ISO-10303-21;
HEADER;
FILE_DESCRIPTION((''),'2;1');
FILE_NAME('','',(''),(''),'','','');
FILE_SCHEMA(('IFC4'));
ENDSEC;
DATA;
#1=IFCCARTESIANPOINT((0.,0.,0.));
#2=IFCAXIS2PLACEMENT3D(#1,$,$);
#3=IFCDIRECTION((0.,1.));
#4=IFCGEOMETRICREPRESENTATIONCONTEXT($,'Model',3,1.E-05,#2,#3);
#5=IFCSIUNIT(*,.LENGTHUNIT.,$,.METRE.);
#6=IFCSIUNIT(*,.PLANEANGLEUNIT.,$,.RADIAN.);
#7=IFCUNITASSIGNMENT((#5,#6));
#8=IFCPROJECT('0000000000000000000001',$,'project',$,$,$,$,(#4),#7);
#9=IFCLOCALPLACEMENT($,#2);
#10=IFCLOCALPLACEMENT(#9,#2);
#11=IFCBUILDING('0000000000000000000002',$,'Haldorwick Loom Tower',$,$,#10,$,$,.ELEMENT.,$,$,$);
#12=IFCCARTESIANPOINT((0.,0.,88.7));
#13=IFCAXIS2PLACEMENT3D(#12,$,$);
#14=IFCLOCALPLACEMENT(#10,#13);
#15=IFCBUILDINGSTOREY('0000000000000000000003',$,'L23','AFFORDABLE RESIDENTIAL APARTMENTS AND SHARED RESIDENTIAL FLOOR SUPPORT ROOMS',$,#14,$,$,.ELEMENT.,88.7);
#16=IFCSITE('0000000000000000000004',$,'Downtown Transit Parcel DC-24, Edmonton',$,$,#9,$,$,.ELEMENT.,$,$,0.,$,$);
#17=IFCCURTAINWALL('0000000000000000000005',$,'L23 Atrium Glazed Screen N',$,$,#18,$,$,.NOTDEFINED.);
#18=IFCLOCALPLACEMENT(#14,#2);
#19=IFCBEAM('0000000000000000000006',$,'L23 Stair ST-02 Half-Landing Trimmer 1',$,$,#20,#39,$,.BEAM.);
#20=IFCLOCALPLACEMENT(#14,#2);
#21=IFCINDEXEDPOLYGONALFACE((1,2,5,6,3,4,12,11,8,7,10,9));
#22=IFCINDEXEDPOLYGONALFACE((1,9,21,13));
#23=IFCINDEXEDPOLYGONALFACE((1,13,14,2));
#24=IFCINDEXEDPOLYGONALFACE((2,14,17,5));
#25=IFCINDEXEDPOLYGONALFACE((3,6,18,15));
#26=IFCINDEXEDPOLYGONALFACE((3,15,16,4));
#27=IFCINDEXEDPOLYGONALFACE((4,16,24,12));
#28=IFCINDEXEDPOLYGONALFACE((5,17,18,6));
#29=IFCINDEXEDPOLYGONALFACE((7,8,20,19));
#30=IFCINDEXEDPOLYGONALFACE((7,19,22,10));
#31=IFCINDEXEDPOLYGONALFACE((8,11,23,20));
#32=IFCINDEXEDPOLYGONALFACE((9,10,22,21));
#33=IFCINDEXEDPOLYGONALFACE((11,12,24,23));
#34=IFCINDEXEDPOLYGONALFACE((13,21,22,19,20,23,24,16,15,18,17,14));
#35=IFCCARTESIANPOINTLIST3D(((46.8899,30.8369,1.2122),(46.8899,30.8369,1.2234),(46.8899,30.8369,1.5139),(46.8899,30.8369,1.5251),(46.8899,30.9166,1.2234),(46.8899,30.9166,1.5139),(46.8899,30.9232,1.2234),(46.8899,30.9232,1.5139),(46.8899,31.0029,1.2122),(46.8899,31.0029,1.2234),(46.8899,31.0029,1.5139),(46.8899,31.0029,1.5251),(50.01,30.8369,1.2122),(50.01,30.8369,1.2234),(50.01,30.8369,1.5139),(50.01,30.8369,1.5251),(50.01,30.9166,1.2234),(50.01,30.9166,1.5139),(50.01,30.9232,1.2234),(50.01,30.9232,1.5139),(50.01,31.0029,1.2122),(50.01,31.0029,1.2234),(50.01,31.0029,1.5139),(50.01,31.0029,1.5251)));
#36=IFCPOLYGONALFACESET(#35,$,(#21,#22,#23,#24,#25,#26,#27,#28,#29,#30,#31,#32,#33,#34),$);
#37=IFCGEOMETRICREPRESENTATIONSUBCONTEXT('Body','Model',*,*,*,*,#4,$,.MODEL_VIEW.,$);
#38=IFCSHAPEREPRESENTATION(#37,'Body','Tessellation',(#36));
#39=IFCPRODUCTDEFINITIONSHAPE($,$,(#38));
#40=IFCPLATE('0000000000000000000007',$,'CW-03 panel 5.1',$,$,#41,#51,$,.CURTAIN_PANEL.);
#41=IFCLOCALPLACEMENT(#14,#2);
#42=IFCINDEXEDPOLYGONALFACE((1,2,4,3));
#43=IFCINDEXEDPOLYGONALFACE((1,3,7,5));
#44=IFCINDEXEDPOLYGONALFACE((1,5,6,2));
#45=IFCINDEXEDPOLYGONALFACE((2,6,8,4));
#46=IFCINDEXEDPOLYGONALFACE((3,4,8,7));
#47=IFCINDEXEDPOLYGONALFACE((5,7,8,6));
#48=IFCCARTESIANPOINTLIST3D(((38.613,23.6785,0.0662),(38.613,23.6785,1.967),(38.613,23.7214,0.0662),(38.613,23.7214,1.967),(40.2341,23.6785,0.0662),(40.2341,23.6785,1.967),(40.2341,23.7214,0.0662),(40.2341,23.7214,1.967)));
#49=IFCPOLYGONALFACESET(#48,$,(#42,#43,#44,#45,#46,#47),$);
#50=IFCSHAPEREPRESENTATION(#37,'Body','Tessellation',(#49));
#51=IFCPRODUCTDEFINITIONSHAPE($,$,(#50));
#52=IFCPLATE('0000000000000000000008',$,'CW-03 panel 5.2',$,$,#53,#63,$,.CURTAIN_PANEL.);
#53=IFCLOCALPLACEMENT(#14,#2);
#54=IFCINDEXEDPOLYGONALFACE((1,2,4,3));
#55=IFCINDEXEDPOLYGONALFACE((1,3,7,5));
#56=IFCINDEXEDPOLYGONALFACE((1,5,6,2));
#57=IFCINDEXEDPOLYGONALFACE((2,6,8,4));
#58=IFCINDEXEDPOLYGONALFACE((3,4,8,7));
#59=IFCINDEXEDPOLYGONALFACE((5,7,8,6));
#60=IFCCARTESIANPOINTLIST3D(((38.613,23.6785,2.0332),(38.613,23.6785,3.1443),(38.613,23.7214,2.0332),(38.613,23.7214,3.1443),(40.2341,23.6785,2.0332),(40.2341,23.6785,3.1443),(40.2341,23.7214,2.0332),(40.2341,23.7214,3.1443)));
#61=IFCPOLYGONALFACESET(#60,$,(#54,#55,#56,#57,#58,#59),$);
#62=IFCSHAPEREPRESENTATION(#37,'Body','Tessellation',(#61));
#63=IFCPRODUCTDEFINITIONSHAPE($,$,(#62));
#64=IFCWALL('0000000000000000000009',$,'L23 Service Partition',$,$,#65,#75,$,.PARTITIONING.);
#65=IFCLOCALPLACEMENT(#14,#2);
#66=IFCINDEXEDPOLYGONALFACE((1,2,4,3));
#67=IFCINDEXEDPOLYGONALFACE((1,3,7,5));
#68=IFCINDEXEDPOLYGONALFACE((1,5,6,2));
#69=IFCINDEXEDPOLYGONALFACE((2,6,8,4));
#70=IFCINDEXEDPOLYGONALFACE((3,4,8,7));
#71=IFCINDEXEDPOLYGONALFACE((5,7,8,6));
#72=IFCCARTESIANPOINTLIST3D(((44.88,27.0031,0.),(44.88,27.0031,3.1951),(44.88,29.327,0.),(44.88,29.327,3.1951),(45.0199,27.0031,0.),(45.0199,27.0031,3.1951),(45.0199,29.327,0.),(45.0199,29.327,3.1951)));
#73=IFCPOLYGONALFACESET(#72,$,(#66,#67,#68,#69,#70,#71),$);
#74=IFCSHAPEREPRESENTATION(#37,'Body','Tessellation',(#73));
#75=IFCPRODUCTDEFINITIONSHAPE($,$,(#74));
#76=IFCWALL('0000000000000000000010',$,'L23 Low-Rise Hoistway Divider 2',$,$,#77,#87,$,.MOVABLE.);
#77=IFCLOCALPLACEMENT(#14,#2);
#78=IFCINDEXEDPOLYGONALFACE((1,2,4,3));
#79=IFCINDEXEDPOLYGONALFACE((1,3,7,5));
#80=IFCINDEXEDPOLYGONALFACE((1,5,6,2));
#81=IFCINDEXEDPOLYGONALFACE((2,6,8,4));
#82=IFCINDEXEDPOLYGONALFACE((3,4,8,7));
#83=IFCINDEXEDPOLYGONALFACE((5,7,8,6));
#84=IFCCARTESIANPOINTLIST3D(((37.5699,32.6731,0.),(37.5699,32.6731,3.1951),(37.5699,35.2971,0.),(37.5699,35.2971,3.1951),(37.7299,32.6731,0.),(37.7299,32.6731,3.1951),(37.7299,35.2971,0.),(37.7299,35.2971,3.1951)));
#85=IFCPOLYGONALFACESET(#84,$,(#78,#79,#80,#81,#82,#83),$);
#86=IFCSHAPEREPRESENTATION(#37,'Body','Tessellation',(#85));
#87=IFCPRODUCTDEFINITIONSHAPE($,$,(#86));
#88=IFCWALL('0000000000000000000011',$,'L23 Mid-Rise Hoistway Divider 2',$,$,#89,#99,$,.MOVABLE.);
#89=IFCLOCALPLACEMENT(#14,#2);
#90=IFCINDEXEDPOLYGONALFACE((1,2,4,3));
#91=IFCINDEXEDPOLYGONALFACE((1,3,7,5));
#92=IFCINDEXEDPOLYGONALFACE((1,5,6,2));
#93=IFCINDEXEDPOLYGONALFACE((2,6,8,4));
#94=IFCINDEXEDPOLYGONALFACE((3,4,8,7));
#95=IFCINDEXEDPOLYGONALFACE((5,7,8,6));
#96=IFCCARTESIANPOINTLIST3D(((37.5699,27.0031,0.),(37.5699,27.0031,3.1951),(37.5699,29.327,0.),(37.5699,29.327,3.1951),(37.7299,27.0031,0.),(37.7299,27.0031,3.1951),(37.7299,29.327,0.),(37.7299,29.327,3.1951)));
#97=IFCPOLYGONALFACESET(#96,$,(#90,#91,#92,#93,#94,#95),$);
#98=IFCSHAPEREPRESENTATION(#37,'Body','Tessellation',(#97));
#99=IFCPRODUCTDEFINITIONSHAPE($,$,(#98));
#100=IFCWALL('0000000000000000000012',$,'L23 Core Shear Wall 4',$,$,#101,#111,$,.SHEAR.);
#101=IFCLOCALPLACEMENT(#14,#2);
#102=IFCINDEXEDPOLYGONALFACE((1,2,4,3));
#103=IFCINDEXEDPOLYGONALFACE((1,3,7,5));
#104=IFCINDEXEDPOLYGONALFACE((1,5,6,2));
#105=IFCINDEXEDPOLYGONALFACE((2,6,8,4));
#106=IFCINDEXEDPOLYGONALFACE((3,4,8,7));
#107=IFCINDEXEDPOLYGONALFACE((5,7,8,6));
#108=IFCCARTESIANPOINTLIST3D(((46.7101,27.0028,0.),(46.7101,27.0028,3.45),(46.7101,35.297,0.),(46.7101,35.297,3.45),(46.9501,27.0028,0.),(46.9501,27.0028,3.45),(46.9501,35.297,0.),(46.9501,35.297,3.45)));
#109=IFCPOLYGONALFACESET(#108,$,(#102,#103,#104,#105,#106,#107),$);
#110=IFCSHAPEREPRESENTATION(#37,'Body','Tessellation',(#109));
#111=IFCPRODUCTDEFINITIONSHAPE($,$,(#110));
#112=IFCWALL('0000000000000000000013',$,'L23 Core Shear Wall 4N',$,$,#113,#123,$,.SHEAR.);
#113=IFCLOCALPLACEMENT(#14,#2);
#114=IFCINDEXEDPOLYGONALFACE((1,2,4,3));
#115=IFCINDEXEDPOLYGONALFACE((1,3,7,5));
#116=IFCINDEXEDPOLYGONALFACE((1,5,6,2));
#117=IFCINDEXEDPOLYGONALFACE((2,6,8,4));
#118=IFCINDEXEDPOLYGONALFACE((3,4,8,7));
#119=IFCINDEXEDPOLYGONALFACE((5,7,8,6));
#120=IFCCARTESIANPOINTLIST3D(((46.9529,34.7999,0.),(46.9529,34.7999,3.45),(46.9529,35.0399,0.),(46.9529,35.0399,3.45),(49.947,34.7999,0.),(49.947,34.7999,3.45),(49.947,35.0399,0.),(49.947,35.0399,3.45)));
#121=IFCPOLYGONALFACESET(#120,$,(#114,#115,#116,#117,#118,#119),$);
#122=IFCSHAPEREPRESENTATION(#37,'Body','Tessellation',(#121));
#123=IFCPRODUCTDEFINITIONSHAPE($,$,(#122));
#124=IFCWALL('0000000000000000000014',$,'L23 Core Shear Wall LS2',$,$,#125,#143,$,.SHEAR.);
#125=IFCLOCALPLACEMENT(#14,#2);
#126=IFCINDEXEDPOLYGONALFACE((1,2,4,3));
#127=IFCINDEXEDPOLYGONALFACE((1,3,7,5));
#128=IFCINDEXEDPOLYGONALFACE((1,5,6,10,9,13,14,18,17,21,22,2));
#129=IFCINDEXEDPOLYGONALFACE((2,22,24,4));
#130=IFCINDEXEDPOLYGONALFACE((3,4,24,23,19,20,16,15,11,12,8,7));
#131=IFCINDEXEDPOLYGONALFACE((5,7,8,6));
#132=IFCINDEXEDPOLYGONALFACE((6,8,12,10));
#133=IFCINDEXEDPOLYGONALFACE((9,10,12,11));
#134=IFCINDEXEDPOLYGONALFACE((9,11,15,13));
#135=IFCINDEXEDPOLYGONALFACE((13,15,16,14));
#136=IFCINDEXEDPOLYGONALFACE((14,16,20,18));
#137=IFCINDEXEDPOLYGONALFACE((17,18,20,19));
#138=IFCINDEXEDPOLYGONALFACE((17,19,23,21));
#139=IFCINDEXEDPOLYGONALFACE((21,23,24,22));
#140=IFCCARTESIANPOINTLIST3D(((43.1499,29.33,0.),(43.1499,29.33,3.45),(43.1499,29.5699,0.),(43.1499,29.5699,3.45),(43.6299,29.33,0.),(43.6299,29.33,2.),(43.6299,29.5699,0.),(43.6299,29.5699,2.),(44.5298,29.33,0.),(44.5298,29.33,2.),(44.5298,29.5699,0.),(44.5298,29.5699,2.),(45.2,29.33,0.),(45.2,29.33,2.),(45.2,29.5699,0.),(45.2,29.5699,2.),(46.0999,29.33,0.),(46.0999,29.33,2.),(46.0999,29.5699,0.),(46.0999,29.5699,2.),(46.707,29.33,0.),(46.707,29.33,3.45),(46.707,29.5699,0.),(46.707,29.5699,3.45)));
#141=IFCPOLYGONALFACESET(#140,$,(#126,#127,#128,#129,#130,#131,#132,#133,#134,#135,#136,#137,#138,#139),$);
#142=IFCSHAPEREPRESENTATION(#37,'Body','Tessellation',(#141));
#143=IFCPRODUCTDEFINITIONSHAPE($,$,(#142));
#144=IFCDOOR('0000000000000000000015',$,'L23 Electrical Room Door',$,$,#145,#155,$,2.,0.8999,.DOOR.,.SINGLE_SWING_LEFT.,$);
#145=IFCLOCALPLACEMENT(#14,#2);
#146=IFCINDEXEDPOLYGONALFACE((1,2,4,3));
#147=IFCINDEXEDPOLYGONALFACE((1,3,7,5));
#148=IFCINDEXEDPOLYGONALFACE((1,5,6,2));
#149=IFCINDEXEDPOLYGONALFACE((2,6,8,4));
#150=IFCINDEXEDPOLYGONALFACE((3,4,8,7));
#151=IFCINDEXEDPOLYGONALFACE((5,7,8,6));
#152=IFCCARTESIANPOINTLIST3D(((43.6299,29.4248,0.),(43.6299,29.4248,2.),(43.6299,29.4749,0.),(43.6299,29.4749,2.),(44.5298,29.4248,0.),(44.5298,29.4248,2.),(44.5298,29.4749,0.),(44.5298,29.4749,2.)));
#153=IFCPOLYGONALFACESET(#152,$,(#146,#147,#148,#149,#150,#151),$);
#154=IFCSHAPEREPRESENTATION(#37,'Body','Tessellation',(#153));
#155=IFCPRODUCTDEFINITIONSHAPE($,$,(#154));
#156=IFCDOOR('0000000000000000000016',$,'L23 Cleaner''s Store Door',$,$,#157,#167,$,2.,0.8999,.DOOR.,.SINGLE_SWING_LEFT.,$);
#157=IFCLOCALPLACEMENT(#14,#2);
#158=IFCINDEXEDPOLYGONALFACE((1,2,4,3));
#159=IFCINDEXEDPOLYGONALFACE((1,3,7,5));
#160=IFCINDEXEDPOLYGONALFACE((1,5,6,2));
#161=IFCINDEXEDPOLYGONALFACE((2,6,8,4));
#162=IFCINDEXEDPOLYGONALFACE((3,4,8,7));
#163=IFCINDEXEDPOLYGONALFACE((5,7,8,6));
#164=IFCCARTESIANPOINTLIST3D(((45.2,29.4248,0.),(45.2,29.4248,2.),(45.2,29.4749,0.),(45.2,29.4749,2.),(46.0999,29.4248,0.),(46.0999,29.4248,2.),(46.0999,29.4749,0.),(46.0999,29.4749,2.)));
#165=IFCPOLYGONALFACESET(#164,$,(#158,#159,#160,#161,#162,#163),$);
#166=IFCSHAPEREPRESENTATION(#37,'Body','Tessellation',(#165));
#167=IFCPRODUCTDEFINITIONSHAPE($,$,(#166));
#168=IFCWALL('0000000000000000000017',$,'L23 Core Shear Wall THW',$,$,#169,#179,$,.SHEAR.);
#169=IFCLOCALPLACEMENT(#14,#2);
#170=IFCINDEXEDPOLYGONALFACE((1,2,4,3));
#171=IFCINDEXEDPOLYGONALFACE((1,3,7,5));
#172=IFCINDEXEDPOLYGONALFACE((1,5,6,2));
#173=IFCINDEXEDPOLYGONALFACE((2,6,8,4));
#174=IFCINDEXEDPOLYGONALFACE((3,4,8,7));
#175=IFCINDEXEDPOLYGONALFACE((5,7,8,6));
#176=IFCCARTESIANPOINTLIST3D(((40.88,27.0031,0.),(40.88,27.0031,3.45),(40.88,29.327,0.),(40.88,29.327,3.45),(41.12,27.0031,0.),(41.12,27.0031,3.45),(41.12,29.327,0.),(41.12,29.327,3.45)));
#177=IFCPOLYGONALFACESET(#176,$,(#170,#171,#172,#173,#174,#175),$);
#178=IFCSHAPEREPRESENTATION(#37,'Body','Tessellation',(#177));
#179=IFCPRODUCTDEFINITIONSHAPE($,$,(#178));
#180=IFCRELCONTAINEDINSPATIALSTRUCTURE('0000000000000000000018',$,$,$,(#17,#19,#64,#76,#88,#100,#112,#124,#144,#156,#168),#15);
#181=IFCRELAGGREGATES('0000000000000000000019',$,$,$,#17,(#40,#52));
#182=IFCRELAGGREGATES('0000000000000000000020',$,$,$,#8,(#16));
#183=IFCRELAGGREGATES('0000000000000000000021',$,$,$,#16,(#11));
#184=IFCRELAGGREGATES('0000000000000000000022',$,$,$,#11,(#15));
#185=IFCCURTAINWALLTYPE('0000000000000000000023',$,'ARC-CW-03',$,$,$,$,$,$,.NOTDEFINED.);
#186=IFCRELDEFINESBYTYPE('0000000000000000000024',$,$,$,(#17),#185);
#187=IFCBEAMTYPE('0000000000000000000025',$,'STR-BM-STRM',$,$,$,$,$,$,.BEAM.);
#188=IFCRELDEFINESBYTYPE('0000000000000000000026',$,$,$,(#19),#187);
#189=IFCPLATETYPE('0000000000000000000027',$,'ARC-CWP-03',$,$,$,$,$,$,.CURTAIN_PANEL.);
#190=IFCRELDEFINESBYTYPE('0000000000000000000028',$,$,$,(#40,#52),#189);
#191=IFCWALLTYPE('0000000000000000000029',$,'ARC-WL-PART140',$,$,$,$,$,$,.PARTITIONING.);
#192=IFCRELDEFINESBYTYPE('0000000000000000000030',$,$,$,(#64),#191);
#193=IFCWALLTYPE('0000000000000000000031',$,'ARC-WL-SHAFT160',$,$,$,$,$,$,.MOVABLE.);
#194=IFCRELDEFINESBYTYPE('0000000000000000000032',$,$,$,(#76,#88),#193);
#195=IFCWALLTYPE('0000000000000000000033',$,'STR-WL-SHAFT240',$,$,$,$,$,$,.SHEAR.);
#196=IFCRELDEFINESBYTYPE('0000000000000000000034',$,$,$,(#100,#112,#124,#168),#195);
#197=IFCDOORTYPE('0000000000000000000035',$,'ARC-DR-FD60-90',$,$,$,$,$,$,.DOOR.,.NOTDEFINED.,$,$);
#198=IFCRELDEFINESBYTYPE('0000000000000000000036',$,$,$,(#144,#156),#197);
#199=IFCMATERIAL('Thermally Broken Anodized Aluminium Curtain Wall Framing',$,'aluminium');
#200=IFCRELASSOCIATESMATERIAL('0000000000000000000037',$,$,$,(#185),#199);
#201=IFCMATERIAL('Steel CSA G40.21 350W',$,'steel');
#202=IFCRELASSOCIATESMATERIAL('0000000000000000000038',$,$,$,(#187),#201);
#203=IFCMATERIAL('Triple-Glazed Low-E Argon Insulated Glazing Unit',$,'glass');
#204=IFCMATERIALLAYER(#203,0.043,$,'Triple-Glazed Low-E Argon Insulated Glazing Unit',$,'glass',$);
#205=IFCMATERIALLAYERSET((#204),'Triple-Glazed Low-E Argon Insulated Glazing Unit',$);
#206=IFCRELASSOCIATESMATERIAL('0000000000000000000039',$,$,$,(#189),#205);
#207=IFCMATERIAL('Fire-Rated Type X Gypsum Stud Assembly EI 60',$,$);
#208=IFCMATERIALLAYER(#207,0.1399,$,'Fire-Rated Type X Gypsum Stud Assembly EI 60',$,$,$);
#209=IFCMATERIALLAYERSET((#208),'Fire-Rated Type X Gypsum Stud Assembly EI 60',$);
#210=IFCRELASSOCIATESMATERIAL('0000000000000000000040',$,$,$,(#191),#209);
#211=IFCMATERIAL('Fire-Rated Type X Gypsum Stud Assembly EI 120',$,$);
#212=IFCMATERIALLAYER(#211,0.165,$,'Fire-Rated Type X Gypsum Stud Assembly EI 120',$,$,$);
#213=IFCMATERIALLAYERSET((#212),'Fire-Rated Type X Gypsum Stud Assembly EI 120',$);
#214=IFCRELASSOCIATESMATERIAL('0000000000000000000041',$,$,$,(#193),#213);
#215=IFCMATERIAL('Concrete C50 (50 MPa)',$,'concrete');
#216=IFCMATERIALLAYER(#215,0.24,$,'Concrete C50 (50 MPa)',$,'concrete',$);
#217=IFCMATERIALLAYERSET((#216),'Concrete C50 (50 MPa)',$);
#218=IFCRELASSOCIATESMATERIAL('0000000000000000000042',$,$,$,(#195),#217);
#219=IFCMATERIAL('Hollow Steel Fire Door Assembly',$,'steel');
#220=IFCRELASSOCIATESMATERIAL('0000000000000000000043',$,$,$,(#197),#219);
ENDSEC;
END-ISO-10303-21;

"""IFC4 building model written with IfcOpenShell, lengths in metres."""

from ifc_helpers import new_model, si_unit, direction, frame, frame_2d, origin, origin_2d, place, context, subcontext, project, spatial, rectangle, i_section, extrude, material, layer, layer_set, material_profile, profile_set, type_object, element, fill, aggregate, save


model = new_model("IFC4")

# Units and contexts
model_context = context("Model", 3, precision=1e-05, world=origin(), true_north=direction((0.0, 1.0)))
body_context = subcontext(model_context, "Body", "Model", "MODEL_VIEW")
ifc_project = project(units=[si_unit("LENGTHUNIT", "METRE"), si_unit("PLANEANGLEUNIT", "RADIAN")], contexts=[model_context])

# Site, building, storey
site_placement = place(None, origin())
site = spatial("IfcSite", under=ifc_project, at=site_placement, Name="Downtown Transit Parcel DC-24, Edmonton", CompositionType="ELEMENT", RefElevation=0.0)
building_placement = place(site_placement, origin())
building = spatial("IfcBuilding", under=site, at=building_placement, Name="Haldorwick Loom Tower", CompositionType="ELEMENT")
storey_placement = place(building_placement, frame((0.0, 0.0, 88.7)))
storey = spatial("IfcBuildingStorey", under=building, at=storey_placement, Name="L23", Description="AFFORDABLE RESIDENTIAL APARTMENTS AND SHARED RESIDENTIAL FLOOR SUPPORT ROOMS", CompositionType="ELEMENT", Elevation=88.7)

# Curtain wall
ifc_material_1 = material(Name="Thermally Broken Anodized Aluminium Curtain Wall Framing", Category="aluminium")
curtain_wall_type = type_object("IfcCurtainWallType", Name="ARC-CW-03", PredefinedType="NOTDEFINED", material=ifc_material_1)
curtain_wall_placement = place(storey_placement, origin())
curtain_wall = element("IfcCurtainWall", 1, at=curtain_wall_placement, inside=storey, type_object=curtain_wall_type, Name="L23 Atrium Glazed Screen N", PredefinedType="NOTDEFINED")

# Beam
ifc_material_2 = material(Name="Steel CSA G40.21 350W", Category="steel")
ifc_material_profile_1 = material_profile(ifc_material_2, i_section(OverallWidth=0.166, OverallDepth=0.313, WebThickness=0.0066, FlangeThickness=0.0112, at=origin_2d()), Name="W310X45", Category="steel")
ifc_profile_set_1 = profile_set([ifc_material_profile_1], Name="Steel CSA G40.21 350W")
beam_type_1 = type_object("IfcBeamType", Name="STR-BM-STRM", PredefinedType="BEAM", material=ifc_profile_set_1)
for number, where, z_axis, x_axis, name in (
    (2, (46.8899, 30.9199, 1.3687), (1.0, 0.0, 0.0), (0.0, 1.0, 0.0), "L23 Stair ST-02 Half-Landing Trimmer 1"),
):
    element("IfcBeam", number, at=place(storey_placement, frame(where, z_axis=z_axis, x_axis=x_axis)), inside=storey, type_object=beam_type_1, Name=name, PredefinedType="BEAM", context=body_context, shape_type="SweptSolid", body=[
        extrude(i_section(OverallWidth=0.166, OverallDepth=0.313, WebThickness=0.0066, FlangeThickness=0.0112, at=origin_2d()), origin(), (0.0, 0.0, 1.0), 3.1201),
    ])

# Plates
ifc_material_3 = material(Name="Triple-Glazed Low-E Argon Insulated Glazing Unit", Category="glass")
ifc_layer_1 = layer(ifc_material_3, 0.043, Name="Triple-Glazed Low-E Argon Insulated Glazing Unit", Category="glass")
ifc_layer_set_1 = layer_set([ifc_layer_1], Name="Triple-Glazed Low-E Argon Insulated Glazing Unit")
plate_type = type_object("IfcPlateType", Name="ARC-CWP-03", PredefinedType="CURTAIN_PANEL", material=ifc_layer_set_1)
plate_1_placement = place(storey_placement, frame((39.4236, 23.7, 0.0662), z_axis=(0.0, 0.0, 1.0), x_axis=(1.0, 0.0, 0.0)))
plate_1 = element("IfcPlate", 3, at=plate_1_placement, type_object=plate_type, Name="CW-03 panel 5.1", PredefinedType="CURTAIN_PANEL", context=body_context, shape_type="SweptSolid", body=[
    extrude(rectangle(XDim=1.6211, YDim=0.043, at=origin_2d()), origin(), (0.0, 0.0, 1.0), 1.9009),
])
plate_2_placement = place(storey_placement, frame((39.4236, 23.7, 2.0332), z_axis=(0.0, 0.0, 1.0), x_axis=(1.0, 0.0, 0.0)))
plate_2 = element("IfcPlate", 4, at=plate_2_placement, type_object=plate_type, Name="CW-03 panel 5.2", PredefinedType="CURTAIN_PANEL", context=body_context, shape_type="SweptSolid", body=[
    extrude(rectangle(XDim=1.6211, YDim=0.043, at=origin_2d()), origin(), (0.0, 0.0, 1.0), 1.1111),
])
aggregate(curtain_wall, [plate_1, plate_2])

# Walls
ifc_material_4 = material(Name="Fire-Rated Type X Gypsum Stud Assembly EI 60")
ifc_layer_2 = layer(ifc_material_4, 0.1399, Name="Fire-Rated Type X Gypsum Stud Assembly EI 60")
ifc_layer_set_2 = layer_set([ifc_layer_2], Name="Fire-Rated Type X Gypsum Stud Assembly EI 60")
wall_type_1 = type_object("IfcWallType", Name="ARC-WL-PART140", PredefinedType="PARTITIONING", material=ifc_layer_set_2)
wall_1_placement = place(storey_placement, frame((44.95, 27.0029, 0.0), z_axis=(0.0, 0.0, 1.0), x_axis=(0.0, 1.0, 0.0)))
element("IfcWall", 5, at=wall_1_placement, inside=storey, type_object=wall_type_1, Name="L23 Service Partition", PredefinedType="PARTITIONING", context=body_context, shape_type="SweptSolid", body=[
    extrude(rectangle(XDim=2.324, YDim=0.1399, at=frame_2d((1.1621, 0.0))), origin(), (0.0, 0.0, 1.0), 3.1951),
])
ifc_material_5 = material(Name="Fire-Rated Type X Gypsum Stud Assembly EI 120")
ifc_layer_3 = layer(ifc_material_5, 0.165, Name="Fire-Rated Type X Gypsum Stud Assembly EI 120")
ifc_layer_set_3 = layer_set([ifc_layer_3], Name="Fire-Rated Type X Gypsum Stud Assembly EI 120")
wall_type_2 = type_object("IfcWallType", Name="ARC-WL-SHAFT160", PredefinedType="MOVABLE", material=ifc_layer_set_3)
wall_2_placement = place(storey_placement, frame((37.6499, 32.6731, 0.0), z_axis=(0.0, 0.0, 1.0), x_axis=(0.0, 1.0, 0.0)))
element("IfcWall", 6, at=wall_2_placement, inside=storey, type_object=wall_type_2, Name="L23 Low-Rise Hoistway Divider 2", PredefinedType="MOVABLE", context=body_context, shape_type="SweptSolid", body=[
    extrude(rectangle(XDim=2.624, YDim=0.1599, at=frame_2d((1.312, 0.0))), origin(), (0.0, 0.0, 1.0), 3.1951),
])
wall_3_placement = place(storey_placement, frame((37.6499, 27.0029, 0.0), z_axis=(0.0, 0.0, 1.0), x_axis=(0.0, 1.0, 0.0)))
element("IfcWall", 7, at=wall_3_placement, inside=storey, type_object=wall_type_2, Name="L23 Mid-Rise Hoistway Divider 2", PredefinedType="MOVABLE", context=body_context, shape_type="SweptSolid", body=[
    extrude(rectangle(XDim=2.324, YDim=0.1599, at=frame_2d((1.1621, 0.0))), origin(), (0.0, 0.0, 1.0), 3.1951),
])
ifc_material_6 = material(Name="Concrete C50 (50 MPa)", Category="concrete")
ifc_layer_4 = layer(ifc_material_6, 0.24, Name="Concrete C50 (50 MPa)", Category="concrete")
ifc_layer_set_4 = layer_set([ifc_layer_4], Name="Concrete C50 (50 MPa)")
wall_type_3 = type_object("IfcWallType", Name="STR-WL-SHAFT240", PredefinedType="SHEAR", material=ifc_layer_set_4)
wall_4_placement = place(storey_placement, frame((46.8301, 27.0029, 0.0), z_axis=(0.0, 0.0, 1.0), x_axis=(0.0, 1.0, 0.0)))
element("IfcWall", 8, at=wall_4_placement, inside=storey, type_object=wall_type_3, Name="L23 Core Shear Wall 4", PredefinedType="SHEAR", context=body_context, shape_type="SweptSolid", body=[
    extrude(rectangle(XDim=8.2942, YDim=0.24, at=frame_2d((4.147, 0.0))), origin(), (0.0, 0.0, 1.0), 3.45),
])
wall_5_placement = place(storey_placement, frame((46.9529, 34.9199, 0.0), z_axis=(0.0, 0.0, 1.0), x_axis=(1.0, 0.0, 0.0)))
element("IfcWall", 9, at=wall_5_placement, inside=storey, type_object=wall_type_3, Name="L23 Core Shear Wall 4N", PredefinedType="SHEAR", context=body_context, shape_type="SweptSolid", body=[
    extrude(rectangle(XDim=2.9941, YDim=0.24, at=frame_2d((1.4971, 0.0))), origin(), (0.0, 0.0, 1.0), 3.45),
])

# Wall, openings, doors
wall_6_placement = place(storey_placement, frame((43.1499, 29.45, 0.0), z_axis=(0.0, 0.0, 1.0), x_axis=(1.0, 0.0, 0.0)))
wall_6 = element("IfcWall", 10, at=wall_6_placement, inside=storey, type_object=wall_type_3, Name="L23 Core Shear Wall LS2", PredefinedType="SHEAR", context=body_context, shape_type="SweptSolid", body=[
    extrude(rectangle(XDim=3.5571, YDim=0.24, at=frame_2d((1.7786, 0.0))), origin(), (0.0, 0.0, 1.0), 3.45),
])
opening_1_placement = place(wall_6_placement, frame((0.48, 0.0, 0.0)))
opening_1 = element("IfcOpeningElement", 11, at=opening_1_placement, cuts=wall_6, PredefinedType="OPENING", context=body_context, shape_type="SweptSolid", body=[
    extrude(rectangle(XDim=0.8999, YDim=2.0, at=frame_2d((0.45, 1.0))), frame((0.0, 0.1299, 0.0), z_axis=(0.0, -1.0, 0.0), x_axis=(1.0, 0.0, 0.0)), (0.0, 0.0, 1.0), 0.26),
])
opening_2_placement = place(wall_6_placement, frame((2.05, 0.0, 0.0)))
opening_2 = element("IfcOpeningElement", 12, at=opening_2_placement, cuts=wall_6, PredefinedType="OPENING", context=body_context, shape_type="SweptSolid", body=[
    extrude(rectangle(XDim=0.8999, YDim=2.0, at=frame_2d((0.45, 1.0))), frame((0.0, 0.1299, 0.0), z_axis=(0.0, -1.0, 0.0), x_axis=(1.0, 0.0, 0.0)), (0.0, 0.0, 1.0), 0.26),
])
ifc_material_7 = material(Name="Hollow Steel Fire Door Assembly", Category="steel")
door_type = type_object("IfcDoorType", Name="ARC-DR-FD60-90", OperationType="NOTDEFINED", PredefinedType="DOOR", material=ifc_material_7)
door_1_placement = place(opening_1_placement, origin())
door_1 = element("IfcDoor", 13, at=door_1_placement, inside=storey, type_object=door_type, Name="L23 Electrical Room Door", OperationType="SINGLE_SWING_LEFT", OverallHeight=2.0, OverallWidth=0.8999, PredefinedType="DOOR", context=body_context, shape_type="SweptSolid", body=[
    extrude(rectangle(XDim=0.8999, YDim=2.0, at=frame_2d((0.45, 1.0))), frame((0.0, 0.0249, 0.0), z_axis=(0.0, -1.0, 0.0), x_axis=(1.0, 0.0, 0.0)), (0.0, 0.0, 1.0), 0.05),
])
fill(opening_1, door_1)
door_2_placement = place(opening_2_placement, origin())
door_2 = element("IfcDoor", 14, at=door_2_placement, inside=storey, type_object=door_type, Name="L23 Cleaner's Store Door", OperationType="SINGLE_SWING_LEFT", OverallHeight=2.0, OverallWidth=0.8999, PredefinedType="DOOR", context=body_context, shape_type="SweptSolid", body=[
    extrude(rectangle(XDim=0.8999, YDim=2.0, at=frame_2d((0.45, 1.0))), frame((0.0, 0.0249, 0.0), z_axis=(0.0, -1.0, 0.0), x_axis=(1.0, 0.0, 0.0)), (0.0, 0.0, 1.0), 0.05),
])
fill(opening_2, door_2)

# Wall
for number, where, z_axis, x_axis, name in (
    (15, (41.0, 27.0029, 0.0), (0.0, 0.0, 1.0), (0.0, 1.0, 0.0), "L23 Core Shear Wall THW"),
):
    element("IfcWall", number, at=place(storey_placement, frame(where, z_axis=z_axis, x_axis=x_axis)), inside=storey, type_object=wall_type_3, Name=name, PredefinedType="SHEAR", context=body_context, shape_type="SweptSolid", body=[
        extrude(rectangle(XDim=2.324, YDim=0.24, at=frame_2d((1.1621, 0.0))), origin(), (0.0, 0.0, 1.0), 3.45),
    ])

save(model, "model.ifc")
